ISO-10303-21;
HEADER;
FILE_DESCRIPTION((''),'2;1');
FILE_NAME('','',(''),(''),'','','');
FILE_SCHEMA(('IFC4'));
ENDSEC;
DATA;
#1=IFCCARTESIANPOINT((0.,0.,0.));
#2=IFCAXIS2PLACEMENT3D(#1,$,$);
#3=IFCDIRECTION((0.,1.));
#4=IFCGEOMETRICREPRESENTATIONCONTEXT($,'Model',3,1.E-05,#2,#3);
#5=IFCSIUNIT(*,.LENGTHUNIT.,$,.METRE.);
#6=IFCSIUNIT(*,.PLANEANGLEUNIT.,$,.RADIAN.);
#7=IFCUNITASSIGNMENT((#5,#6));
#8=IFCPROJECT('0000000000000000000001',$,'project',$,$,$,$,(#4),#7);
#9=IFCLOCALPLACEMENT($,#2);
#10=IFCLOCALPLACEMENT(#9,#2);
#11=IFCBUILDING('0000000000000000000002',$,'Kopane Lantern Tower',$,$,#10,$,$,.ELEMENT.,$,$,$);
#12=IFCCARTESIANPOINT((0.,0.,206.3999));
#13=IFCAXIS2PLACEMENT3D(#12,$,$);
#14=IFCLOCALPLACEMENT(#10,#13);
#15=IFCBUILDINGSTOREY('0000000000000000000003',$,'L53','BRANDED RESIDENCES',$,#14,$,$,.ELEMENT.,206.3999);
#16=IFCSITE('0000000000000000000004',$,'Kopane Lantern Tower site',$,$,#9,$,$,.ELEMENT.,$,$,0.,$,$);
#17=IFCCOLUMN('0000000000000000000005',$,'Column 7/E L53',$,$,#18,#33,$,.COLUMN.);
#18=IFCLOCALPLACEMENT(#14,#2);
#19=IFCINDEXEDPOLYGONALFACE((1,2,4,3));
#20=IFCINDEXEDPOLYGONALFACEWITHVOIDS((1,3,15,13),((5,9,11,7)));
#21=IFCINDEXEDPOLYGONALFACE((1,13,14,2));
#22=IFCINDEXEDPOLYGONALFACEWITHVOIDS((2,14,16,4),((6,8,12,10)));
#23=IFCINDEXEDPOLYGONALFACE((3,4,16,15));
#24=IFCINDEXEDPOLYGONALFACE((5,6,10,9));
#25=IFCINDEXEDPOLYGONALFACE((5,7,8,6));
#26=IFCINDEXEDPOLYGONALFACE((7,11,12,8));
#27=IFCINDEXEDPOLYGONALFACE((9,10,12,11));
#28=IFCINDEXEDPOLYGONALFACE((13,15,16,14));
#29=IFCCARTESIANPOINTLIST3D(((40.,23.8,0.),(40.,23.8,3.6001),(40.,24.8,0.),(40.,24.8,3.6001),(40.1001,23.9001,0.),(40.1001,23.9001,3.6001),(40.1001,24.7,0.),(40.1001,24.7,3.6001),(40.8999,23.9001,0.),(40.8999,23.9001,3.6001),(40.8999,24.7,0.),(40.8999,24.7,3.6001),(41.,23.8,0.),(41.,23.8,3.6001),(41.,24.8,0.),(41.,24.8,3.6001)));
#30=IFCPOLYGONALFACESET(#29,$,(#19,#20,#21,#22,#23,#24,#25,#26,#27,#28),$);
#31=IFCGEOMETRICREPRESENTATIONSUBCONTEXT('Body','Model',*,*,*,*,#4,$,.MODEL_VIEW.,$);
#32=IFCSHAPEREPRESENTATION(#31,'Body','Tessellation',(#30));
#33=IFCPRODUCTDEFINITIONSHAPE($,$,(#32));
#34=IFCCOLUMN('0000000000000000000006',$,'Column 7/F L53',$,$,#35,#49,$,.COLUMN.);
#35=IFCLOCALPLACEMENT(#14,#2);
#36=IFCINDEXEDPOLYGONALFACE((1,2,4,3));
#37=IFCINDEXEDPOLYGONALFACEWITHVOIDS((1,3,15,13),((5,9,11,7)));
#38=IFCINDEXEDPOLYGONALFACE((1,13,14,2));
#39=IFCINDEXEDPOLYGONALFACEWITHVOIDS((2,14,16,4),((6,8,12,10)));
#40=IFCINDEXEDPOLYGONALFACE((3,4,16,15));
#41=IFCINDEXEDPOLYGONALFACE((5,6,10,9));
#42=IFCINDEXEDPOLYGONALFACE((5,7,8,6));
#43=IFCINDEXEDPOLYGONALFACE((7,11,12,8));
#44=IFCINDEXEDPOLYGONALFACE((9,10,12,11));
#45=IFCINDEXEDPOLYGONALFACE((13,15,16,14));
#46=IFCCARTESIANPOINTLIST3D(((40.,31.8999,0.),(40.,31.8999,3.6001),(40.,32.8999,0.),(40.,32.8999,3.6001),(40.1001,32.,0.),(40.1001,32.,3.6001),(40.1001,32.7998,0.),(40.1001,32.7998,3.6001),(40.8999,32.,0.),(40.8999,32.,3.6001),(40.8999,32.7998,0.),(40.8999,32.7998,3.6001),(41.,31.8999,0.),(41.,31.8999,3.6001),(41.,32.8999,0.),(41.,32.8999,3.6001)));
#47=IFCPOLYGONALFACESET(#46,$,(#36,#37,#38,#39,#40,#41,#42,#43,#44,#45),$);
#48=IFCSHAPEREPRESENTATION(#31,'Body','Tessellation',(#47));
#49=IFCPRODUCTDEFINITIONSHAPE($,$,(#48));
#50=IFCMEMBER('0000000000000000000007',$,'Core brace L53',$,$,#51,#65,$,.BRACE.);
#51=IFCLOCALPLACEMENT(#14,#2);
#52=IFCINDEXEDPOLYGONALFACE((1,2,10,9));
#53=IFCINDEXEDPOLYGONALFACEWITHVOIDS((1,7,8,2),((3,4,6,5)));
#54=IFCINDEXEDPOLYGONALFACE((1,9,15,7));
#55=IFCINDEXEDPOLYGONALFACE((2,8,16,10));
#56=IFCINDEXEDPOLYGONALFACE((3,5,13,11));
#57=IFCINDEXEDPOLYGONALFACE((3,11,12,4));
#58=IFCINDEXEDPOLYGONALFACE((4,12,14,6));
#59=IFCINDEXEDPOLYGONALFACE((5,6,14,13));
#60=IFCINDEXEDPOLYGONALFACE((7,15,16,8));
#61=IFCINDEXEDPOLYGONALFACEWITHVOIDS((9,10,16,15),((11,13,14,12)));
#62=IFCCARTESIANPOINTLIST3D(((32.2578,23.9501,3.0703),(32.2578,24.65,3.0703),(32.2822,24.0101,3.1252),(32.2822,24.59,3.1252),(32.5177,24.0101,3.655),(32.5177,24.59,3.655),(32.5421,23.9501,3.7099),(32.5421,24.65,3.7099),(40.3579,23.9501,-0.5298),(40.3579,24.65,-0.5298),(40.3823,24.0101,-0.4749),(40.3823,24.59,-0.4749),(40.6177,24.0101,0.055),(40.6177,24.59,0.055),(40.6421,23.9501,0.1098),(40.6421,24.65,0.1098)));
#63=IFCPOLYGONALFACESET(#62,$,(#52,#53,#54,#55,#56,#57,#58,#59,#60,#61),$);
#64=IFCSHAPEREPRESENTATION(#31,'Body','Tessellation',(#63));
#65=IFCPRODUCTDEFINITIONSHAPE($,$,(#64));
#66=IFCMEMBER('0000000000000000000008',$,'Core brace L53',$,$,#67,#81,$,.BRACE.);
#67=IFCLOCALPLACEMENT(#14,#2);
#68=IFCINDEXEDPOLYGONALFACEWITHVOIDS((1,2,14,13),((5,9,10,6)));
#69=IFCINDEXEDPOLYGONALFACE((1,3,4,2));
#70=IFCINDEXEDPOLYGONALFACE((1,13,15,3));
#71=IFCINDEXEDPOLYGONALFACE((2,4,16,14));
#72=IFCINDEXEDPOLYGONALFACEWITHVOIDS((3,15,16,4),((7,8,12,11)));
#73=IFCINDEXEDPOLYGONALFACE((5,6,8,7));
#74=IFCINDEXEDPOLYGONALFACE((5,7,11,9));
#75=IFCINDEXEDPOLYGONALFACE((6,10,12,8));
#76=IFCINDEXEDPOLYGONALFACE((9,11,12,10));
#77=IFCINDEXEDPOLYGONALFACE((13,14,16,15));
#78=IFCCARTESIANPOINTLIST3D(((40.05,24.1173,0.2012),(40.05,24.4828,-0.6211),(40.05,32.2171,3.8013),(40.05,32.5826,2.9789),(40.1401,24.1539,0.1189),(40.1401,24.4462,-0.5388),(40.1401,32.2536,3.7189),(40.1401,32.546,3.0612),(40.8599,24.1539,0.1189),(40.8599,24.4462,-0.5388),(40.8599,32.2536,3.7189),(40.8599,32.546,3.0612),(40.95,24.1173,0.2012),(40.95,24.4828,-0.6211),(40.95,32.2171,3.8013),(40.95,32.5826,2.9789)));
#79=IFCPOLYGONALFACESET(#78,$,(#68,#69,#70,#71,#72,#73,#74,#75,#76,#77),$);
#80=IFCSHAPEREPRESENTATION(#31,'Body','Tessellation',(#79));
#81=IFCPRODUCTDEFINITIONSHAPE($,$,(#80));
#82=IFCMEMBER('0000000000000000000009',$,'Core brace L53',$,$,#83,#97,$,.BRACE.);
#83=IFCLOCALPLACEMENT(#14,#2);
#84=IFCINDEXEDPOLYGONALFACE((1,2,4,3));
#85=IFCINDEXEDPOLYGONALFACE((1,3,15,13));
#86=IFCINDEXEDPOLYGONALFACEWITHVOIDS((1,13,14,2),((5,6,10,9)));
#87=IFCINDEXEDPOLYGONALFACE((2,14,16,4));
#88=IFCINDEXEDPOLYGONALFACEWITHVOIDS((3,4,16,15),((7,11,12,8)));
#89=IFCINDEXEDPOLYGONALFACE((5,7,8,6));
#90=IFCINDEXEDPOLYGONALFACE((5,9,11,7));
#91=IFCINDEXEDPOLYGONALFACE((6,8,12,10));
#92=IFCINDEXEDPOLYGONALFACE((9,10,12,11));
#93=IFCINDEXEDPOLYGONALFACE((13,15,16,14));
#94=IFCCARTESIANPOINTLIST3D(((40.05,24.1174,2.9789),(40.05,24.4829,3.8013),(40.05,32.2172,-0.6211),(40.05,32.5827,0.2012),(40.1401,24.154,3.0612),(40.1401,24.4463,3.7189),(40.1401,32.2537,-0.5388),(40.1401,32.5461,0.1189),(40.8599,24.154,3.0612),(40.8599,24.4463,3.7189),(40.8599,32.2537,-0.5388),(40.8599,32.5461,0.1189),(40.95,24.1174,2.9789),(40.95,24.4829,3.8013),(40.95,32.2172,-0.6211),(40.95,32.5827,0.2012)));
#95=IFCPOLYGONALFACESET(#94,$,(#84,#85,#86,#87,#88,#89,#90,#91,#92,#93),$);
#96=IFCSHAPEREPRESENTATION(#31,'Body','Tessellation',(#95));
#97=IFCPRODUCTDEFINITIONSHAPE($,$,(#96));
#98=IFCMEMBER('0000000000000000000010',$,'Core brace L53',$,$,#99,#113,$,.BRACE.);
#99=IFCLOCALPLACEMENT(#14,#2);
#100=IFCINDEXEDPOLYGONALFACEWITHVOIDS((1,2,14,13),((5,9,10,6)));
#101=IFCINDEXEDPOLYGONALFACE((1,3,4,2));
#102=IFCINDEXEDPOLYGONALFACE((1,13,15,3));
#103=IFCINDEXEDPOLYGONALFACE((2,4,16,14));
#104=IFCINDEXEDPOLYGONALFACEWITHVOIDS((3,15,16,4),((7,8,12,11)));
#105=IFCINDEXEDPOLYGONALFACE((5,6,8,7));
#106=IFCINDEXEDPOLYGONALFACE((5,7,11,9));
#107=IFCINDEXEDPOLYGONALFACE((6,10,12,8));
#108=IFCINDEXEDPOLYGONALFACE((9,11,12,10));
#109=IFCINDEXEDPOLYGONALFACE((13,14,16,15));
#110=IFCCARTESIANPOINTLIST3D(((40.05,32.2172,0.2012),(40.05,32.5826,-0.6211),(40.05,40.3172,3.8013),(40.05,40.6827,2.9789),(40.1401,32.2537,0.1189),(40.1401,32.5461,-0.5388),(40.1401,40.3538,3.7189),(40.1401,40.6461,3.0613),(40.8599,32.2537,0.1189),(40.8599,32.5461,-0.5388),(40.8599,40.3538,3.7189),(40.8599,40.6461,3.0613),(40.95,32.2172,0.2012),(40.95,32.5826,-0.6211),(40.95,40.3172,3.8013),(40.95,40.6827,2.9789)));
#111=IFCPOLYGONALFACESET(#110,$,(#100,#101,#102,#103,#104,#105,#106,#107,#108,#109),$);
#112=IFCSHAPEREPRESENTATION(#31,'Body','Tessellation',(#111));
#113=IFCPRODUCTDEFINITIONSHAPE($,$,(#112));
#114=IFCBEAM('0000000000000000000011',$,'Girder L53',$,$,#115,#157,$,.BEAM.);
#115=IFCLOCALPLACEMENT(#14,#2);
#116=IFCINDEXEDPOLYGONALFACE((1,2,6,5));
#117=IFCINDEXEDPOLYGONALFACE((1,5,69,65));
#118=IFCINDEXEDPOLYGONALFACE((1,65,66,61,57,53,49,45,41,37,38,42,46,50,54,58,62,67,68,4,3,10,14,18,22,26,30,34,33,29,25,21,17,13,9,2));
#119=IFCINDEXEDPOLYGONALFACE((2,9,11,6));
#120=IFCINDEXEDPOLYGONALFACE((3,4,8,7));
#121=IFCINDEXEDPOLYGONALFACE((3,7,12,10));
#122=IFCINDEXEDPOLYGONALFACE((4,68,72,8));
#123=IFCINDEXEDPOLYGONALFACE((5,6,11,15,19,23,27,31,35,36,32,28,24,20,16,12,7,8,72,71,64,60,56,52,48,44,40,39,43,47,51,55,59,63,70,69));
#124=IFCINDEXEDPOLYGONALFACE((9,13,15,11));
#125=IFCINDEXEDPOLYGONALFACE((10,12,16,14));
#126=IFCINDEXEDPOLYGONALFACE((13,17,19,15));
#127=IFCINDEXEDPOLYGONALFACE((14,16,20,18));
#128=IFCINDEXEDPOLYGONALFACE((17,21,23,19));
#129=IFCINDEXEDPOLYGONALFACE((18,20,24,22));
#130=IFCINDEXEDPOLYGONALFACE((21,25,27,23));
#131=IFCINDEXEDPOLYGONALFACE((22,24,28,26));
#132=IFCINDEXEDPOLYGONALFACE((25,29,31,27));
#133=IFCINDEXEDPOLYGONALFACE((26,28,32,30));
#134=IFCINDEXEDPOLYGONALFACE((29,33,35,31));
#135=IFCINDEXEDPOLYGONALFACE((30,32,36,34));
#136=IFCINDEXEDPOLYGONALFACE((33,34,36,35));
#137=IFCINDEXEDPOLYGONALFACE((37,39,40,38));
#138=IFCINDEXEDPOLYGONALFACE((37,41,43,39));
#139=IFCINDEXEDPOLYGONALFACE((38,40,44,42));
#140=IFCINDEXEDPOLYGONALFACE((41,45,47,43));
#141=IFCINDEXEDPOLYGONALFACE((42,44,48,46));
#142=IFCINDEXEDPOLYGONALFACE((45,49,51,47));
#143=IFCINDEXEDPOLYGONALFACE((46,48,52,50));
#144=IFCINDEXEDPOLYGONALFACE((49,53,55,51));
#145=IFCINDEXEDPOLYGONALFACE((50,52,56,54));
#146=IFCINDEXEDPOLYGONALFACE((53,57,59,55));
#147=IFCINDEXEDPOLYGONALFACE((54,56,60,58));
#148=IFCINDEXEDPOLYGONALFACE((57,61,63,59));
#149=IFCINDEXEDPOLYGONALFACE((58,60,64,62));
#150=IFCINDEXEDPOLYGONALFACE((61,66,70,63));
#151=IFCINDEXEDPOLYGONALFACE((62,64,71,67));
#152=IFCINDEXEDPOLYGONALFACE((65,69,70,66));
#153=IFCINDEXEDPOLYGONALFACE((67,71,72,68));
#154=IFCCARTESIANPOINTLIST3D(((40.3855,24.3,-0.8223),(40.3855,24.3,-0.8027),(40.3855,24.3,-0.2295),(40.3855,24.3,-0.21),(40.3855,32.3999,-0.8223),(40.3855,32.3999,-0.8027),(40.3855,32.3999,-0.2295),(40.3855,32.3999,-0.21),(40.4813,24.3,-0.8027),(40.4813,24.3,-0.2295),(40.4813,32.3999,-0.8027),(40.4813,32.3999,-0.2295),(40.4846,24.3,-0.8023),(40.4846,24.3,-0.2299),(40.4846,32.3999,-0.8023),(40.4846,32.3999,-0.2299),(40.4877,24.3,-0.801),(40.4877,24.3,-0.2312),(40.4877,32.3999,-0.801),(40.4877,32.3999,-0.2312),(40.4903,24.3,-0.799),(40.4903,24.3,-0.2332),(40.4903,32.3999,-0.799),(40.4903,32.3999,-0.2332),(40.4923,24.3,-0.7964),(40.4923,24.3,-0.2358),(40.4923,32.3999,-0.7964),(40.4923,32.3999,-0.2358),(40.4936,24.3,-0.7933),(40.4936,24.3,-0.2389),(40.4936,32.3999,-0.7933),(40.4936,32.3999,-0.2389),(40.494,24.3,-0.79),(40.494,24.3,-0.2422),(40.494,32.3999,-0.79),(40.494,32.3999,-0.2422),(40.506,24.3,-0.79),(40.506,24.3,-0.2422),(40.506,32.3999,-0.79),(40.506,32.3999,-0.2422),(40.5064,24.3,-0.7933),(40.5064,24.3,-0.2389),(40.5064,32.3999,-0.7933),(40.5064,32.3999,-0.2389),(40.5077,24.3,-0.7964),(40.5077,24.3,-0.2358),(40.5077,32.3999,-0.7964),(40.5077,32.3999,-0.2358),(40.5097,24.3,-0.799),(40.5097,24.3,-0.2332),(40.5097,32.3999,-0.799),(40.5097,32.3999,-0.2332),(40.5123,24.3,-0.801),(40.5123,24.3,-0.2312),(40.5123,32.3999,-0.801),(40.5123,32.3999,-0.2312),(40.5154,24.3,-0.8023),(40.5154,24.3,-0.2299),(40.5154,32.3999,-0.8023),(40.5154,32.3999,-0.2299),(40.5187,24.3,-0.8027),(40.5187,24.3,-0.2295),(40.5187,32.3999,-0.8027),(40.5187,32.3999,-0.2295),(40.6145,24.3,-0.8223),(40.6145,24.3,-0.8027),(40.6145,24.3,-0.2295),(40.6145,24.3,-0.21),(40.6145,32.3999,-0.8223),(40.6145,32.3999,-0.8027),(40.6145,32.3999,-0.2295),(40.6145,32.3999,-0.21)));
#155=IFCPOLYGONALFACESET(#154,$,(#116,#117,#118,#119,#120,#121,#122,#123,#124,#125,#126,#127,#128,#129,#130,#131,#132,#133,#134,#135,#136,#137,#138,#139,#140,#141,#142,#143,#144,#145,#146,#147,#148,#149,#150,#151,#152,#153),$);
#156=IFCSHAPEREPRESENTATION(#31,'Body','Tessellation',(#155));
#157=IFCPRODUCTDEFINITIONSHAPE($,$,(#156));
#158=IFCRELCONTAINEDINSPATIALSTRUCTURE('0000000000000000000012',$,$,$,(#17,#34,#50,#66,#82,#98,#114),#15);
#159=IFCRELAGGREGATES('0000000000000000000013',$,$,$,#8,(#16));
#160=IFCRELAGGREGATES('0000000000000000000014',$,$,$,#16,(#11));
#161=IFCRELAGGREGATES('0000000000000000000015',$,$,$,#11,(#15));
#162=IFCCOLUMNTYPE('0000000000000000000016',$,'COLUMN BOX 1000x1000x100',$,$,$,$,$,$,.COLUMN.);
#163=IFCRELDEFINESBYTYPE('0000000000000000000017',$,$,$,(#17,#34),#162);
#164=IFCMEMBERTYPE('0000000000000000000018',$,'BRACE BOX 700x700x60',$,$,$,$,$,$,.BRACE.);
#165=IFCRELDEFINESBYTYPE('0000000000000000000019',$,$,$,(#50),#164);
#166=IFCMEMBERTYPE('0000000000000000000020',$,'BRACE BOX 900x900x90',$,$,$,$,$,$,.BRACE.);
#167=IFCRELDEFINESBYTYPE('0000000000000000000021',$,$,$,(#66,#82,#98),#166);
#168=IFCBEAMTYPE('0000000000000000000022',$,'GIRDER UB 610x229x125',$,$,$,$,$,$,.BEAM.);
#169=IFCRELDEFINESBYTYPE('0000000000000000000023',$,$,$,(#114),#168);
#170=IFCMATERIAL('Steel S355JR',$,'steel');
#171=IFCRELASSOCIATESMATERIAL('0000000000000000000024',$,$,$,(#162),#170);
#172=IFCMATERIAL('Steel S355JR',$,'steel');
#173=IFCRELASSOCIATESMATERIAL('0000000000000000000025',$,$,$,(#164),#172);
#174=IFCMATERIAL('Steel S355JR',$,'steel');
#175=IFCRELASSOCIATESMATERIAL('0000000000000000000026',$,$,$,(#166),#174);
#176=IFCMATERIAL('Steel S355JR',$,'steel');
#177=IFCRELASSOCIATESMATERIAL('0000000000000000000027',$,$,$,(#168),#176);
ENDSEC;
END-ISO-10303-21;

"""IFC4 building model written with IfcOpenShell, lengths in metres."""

from ifc_helpers import new_model, si_unit, direction, frame, origin, origin_2d, place, context, subcontext, project, spatial, hollow_rectangle, i_section, extrude, material, material_profile, profile_set, type_object, element, save


model = new_model("IFC4")

# Units and contexts
model_context = context("Model", 3, precision=1e-05, world=origin(), true_north=direction((0.0, 1.0)))
body_context = subcontext(model_context, "Body", "Model", "MODEL_VIEW")
ifc_project = project(units=[si_unit("LENGTHUNIT", "METRE"), si_unit("PLANEANGLEUNIT", "RADIAN")], contexts=[model_context])

# Site, building, storey
site_placement = place(None, origin())
site = spatial("IfcSite", under=ifc_project, at=site_placement, Name="Kopane Lantern Tower site", CompositionType="ELEMENT", RefElevation=0.0)
building_placement = place(site_placement, origin())
building = spatial("IfcBuilding", under=site, at=building_placement, Name="Kopane Lantern Tower", CompositionType="ELEMENT")
storey_placement = place(building_placement, frame((0.0, 0.0, 206.3999)))
storey = spatial("IfcBuildingStorey", under=building, at=storey_placement, Name="L53", Description="BRANDED RESIDENCES", CompositionType="ELEMENT", Elevation=206.3999)

# Columns
ifc_material_1 = material(Name="Steel S355JR", Category="steel")
ifc_material_profile_1 = material_profile(ifc_material_1, hollow_rectangle(XDim=1.0, YDim=1.0, WallThickness=0.1001, at=origin_2d()), Name="BOX 1000x1000x100")
ifc_profile_set_1 = profile_set([ifc_material_profile_1], Name="Steel S355JR")
column_type = type_object("IfcColumnType", Name="COLUMN BOX 1000x1000x100", PredefinedType="COLUMN", material=ifc_profile_set_1)
for number, where, z_axis, x_axis, name in (
    (1, (40.5, 24.3, 0.0), (0.0, 0.0, 1.0), (1.0, 0.0, 0.0), "Column 7/E L53"),
    (2, (40.5, 32.3999, 0.0), (0.0, 0.0, 1.0), (1.0, 0.0, 0.0), "Column 7/F L53"),
):
    element("IfcColumn", number, at=place(storey_placement, frame(where, z_axis=z_axis, x_axis=x_axis)), inside=storey, type_object=column_type, Name=name, PredefinedType="COLUMN", context=body_context, shape_type="SweptSolid", body=[
        extrude(hollow_rectangle(XDim=1.0, YDim=1.0, WallThickness=0.1001, at=origin_2d()), origin(), (0.0, 0.0, 1.0), 3.6001),
    ])

# Members
ifc_material_2 = material(Name="Steel S355JR", Category="steel")
ifc_material_profile_2 = material_profile(ifc_material_2, hollow_rectangle(XDim=0.7, YDim=0.7, WallThickness=0.0601, at=origin_2d()), Name="BOX 700x700x60")
ifc_profile_set_2 = profile_set([ifc_material_profile_2], Name="Steel S355JR")
member_type_1 = type_object("IfcMemberType", Name="BRACE BOX 700x700x60", PredefinedType="BRACE", material=ifc_profile_set_2)
member_1_placement = place(storey_placement, frame((40.5, 24.3, -0.21), z_axis=(-0.913809, 0.0, 0.406144), x_axis=(0.0, -1.0, 0.0)))
element("IfcMember", 3, at=member_1_placement, inside=storey, type_object=member_type_1, Name="Core brace L53", PredefinedType="BRACE", context=body_context, shape_type="SweptSolid", body=[
    extrude(hollow_rectangle(XDim=0.7, YDim=0.7, WallThickness=0.0601, at=origin_2d()), origin(), (0.0, 0.0, 1.0), 8.864),
])
ifc_material_3 = material(Name="Steel S355JR", Category="steel")
ifc_material_profile_3 = material_profile(ifc_material_3, hollow_rectangle(XDim=0.8999, YDim=0.8999, WallThickness=0.0901, at=origin_2d()), Name="BOX 900x900x90")
ifc_profile_set_3 = profile_set([ifc_material_profile_3], Name="Steel S355JR")
member_type_2 = type_object("IfcMemberType", Name="BRACE BOX 900x900x90", PredefinedType="BRACE", material=ifc_profile_set_3)
for number, where, z_axis, x_axis, name in (
    (4, (40.5, 24.3, -0.21), (0.0, 0.913805, 0.406154), (-1.0, 0.0, 0.0), "Core brace L53"),
    (5, (40.5, 32.3999, -0.21), (0.0, -0.913805, 0.406154), (1.0, 0.0, 0.0), "Core brace L53"),
):
    element("IfcMember", number, at=place(storey_placement, frame(where, z_axis=z_axis, x_axis=x_axis)), inside=storey, type_object=member_type_2, Name=name, PredefinedType="BRACE", context=body_context, shape_type="SweptSolid", body=[
        extrude(hollow_rectangle(XDim=0.8999, YDim=0.8999, WallThickness=0.0901, at=origin_2d()), origin(), (0.0, 0.0, 1.0), 8.8638),
    ])
member_2_placement = place(storey_placement, frame((40.5, 32.3999, -0.21), z_axis=(0.0, 0.913809, 0.406144), x_axis=(-1.0, 0.0, 0.0)))
element("IfcMember", 6, at=member_2_placement, inside=storey, type_object=member_type_2, Name="Core brace L53", PredefinedType="BRACE", context=body_context, shape_type="SweptSolid", body=[
    extrude(hollow_rectangle(XDim=0.8999, YDim=0.8999, WallThickness=0.0901, at=origin_2d()), origin(), (0.0, 0.0, 1.0), 8.864),
])

# Beam
ifc_material_4 = material(Name="Steel S355JR", Category="steel")
ifc_material_profile_4 = material_profile(ifc_material_4, i_section(OverallWidth=0.229, OverallDepth=0.6123, WebThickness=0.012, FlangeThickness=0.0195, FilletRadius=0.0127, at=origin_2d()), Name="UB 610x229x125")
ifc_profile_set_4 = profile_set([ifc_material_profile_4], Name="Steel S355JR")
beam_type = type_object("IfcBeamType", Name="GIRDER UB 610x229x125", PredefinedType="BEAM", material=ifc_profile_set_4)
beam_placement = place(storey_placement, frame((40.5, 24.3, -0.5161), z_axis=(0.0, 1.0, 0.0), x_axis=(-1.0, 0.0, 0.0)))
element("IfcBeam", 7, at=beam_placement, inside=storey, type_object=beam_type, Name="Girder L53", PredefinedType="BEAM", context=body_context, shape_type="SweptSolid", body=[
    extrude(i_section(OverallWidth=0.229, OverallDepth=0.6123, WebThickness=0.012, FlangeThickness=0.0195, FilletRadius=0.0127, at=origin_2d()), origin(), (0.0, 0.0, 1.0), 8.0999),
])

save(model, "model.ifc")
